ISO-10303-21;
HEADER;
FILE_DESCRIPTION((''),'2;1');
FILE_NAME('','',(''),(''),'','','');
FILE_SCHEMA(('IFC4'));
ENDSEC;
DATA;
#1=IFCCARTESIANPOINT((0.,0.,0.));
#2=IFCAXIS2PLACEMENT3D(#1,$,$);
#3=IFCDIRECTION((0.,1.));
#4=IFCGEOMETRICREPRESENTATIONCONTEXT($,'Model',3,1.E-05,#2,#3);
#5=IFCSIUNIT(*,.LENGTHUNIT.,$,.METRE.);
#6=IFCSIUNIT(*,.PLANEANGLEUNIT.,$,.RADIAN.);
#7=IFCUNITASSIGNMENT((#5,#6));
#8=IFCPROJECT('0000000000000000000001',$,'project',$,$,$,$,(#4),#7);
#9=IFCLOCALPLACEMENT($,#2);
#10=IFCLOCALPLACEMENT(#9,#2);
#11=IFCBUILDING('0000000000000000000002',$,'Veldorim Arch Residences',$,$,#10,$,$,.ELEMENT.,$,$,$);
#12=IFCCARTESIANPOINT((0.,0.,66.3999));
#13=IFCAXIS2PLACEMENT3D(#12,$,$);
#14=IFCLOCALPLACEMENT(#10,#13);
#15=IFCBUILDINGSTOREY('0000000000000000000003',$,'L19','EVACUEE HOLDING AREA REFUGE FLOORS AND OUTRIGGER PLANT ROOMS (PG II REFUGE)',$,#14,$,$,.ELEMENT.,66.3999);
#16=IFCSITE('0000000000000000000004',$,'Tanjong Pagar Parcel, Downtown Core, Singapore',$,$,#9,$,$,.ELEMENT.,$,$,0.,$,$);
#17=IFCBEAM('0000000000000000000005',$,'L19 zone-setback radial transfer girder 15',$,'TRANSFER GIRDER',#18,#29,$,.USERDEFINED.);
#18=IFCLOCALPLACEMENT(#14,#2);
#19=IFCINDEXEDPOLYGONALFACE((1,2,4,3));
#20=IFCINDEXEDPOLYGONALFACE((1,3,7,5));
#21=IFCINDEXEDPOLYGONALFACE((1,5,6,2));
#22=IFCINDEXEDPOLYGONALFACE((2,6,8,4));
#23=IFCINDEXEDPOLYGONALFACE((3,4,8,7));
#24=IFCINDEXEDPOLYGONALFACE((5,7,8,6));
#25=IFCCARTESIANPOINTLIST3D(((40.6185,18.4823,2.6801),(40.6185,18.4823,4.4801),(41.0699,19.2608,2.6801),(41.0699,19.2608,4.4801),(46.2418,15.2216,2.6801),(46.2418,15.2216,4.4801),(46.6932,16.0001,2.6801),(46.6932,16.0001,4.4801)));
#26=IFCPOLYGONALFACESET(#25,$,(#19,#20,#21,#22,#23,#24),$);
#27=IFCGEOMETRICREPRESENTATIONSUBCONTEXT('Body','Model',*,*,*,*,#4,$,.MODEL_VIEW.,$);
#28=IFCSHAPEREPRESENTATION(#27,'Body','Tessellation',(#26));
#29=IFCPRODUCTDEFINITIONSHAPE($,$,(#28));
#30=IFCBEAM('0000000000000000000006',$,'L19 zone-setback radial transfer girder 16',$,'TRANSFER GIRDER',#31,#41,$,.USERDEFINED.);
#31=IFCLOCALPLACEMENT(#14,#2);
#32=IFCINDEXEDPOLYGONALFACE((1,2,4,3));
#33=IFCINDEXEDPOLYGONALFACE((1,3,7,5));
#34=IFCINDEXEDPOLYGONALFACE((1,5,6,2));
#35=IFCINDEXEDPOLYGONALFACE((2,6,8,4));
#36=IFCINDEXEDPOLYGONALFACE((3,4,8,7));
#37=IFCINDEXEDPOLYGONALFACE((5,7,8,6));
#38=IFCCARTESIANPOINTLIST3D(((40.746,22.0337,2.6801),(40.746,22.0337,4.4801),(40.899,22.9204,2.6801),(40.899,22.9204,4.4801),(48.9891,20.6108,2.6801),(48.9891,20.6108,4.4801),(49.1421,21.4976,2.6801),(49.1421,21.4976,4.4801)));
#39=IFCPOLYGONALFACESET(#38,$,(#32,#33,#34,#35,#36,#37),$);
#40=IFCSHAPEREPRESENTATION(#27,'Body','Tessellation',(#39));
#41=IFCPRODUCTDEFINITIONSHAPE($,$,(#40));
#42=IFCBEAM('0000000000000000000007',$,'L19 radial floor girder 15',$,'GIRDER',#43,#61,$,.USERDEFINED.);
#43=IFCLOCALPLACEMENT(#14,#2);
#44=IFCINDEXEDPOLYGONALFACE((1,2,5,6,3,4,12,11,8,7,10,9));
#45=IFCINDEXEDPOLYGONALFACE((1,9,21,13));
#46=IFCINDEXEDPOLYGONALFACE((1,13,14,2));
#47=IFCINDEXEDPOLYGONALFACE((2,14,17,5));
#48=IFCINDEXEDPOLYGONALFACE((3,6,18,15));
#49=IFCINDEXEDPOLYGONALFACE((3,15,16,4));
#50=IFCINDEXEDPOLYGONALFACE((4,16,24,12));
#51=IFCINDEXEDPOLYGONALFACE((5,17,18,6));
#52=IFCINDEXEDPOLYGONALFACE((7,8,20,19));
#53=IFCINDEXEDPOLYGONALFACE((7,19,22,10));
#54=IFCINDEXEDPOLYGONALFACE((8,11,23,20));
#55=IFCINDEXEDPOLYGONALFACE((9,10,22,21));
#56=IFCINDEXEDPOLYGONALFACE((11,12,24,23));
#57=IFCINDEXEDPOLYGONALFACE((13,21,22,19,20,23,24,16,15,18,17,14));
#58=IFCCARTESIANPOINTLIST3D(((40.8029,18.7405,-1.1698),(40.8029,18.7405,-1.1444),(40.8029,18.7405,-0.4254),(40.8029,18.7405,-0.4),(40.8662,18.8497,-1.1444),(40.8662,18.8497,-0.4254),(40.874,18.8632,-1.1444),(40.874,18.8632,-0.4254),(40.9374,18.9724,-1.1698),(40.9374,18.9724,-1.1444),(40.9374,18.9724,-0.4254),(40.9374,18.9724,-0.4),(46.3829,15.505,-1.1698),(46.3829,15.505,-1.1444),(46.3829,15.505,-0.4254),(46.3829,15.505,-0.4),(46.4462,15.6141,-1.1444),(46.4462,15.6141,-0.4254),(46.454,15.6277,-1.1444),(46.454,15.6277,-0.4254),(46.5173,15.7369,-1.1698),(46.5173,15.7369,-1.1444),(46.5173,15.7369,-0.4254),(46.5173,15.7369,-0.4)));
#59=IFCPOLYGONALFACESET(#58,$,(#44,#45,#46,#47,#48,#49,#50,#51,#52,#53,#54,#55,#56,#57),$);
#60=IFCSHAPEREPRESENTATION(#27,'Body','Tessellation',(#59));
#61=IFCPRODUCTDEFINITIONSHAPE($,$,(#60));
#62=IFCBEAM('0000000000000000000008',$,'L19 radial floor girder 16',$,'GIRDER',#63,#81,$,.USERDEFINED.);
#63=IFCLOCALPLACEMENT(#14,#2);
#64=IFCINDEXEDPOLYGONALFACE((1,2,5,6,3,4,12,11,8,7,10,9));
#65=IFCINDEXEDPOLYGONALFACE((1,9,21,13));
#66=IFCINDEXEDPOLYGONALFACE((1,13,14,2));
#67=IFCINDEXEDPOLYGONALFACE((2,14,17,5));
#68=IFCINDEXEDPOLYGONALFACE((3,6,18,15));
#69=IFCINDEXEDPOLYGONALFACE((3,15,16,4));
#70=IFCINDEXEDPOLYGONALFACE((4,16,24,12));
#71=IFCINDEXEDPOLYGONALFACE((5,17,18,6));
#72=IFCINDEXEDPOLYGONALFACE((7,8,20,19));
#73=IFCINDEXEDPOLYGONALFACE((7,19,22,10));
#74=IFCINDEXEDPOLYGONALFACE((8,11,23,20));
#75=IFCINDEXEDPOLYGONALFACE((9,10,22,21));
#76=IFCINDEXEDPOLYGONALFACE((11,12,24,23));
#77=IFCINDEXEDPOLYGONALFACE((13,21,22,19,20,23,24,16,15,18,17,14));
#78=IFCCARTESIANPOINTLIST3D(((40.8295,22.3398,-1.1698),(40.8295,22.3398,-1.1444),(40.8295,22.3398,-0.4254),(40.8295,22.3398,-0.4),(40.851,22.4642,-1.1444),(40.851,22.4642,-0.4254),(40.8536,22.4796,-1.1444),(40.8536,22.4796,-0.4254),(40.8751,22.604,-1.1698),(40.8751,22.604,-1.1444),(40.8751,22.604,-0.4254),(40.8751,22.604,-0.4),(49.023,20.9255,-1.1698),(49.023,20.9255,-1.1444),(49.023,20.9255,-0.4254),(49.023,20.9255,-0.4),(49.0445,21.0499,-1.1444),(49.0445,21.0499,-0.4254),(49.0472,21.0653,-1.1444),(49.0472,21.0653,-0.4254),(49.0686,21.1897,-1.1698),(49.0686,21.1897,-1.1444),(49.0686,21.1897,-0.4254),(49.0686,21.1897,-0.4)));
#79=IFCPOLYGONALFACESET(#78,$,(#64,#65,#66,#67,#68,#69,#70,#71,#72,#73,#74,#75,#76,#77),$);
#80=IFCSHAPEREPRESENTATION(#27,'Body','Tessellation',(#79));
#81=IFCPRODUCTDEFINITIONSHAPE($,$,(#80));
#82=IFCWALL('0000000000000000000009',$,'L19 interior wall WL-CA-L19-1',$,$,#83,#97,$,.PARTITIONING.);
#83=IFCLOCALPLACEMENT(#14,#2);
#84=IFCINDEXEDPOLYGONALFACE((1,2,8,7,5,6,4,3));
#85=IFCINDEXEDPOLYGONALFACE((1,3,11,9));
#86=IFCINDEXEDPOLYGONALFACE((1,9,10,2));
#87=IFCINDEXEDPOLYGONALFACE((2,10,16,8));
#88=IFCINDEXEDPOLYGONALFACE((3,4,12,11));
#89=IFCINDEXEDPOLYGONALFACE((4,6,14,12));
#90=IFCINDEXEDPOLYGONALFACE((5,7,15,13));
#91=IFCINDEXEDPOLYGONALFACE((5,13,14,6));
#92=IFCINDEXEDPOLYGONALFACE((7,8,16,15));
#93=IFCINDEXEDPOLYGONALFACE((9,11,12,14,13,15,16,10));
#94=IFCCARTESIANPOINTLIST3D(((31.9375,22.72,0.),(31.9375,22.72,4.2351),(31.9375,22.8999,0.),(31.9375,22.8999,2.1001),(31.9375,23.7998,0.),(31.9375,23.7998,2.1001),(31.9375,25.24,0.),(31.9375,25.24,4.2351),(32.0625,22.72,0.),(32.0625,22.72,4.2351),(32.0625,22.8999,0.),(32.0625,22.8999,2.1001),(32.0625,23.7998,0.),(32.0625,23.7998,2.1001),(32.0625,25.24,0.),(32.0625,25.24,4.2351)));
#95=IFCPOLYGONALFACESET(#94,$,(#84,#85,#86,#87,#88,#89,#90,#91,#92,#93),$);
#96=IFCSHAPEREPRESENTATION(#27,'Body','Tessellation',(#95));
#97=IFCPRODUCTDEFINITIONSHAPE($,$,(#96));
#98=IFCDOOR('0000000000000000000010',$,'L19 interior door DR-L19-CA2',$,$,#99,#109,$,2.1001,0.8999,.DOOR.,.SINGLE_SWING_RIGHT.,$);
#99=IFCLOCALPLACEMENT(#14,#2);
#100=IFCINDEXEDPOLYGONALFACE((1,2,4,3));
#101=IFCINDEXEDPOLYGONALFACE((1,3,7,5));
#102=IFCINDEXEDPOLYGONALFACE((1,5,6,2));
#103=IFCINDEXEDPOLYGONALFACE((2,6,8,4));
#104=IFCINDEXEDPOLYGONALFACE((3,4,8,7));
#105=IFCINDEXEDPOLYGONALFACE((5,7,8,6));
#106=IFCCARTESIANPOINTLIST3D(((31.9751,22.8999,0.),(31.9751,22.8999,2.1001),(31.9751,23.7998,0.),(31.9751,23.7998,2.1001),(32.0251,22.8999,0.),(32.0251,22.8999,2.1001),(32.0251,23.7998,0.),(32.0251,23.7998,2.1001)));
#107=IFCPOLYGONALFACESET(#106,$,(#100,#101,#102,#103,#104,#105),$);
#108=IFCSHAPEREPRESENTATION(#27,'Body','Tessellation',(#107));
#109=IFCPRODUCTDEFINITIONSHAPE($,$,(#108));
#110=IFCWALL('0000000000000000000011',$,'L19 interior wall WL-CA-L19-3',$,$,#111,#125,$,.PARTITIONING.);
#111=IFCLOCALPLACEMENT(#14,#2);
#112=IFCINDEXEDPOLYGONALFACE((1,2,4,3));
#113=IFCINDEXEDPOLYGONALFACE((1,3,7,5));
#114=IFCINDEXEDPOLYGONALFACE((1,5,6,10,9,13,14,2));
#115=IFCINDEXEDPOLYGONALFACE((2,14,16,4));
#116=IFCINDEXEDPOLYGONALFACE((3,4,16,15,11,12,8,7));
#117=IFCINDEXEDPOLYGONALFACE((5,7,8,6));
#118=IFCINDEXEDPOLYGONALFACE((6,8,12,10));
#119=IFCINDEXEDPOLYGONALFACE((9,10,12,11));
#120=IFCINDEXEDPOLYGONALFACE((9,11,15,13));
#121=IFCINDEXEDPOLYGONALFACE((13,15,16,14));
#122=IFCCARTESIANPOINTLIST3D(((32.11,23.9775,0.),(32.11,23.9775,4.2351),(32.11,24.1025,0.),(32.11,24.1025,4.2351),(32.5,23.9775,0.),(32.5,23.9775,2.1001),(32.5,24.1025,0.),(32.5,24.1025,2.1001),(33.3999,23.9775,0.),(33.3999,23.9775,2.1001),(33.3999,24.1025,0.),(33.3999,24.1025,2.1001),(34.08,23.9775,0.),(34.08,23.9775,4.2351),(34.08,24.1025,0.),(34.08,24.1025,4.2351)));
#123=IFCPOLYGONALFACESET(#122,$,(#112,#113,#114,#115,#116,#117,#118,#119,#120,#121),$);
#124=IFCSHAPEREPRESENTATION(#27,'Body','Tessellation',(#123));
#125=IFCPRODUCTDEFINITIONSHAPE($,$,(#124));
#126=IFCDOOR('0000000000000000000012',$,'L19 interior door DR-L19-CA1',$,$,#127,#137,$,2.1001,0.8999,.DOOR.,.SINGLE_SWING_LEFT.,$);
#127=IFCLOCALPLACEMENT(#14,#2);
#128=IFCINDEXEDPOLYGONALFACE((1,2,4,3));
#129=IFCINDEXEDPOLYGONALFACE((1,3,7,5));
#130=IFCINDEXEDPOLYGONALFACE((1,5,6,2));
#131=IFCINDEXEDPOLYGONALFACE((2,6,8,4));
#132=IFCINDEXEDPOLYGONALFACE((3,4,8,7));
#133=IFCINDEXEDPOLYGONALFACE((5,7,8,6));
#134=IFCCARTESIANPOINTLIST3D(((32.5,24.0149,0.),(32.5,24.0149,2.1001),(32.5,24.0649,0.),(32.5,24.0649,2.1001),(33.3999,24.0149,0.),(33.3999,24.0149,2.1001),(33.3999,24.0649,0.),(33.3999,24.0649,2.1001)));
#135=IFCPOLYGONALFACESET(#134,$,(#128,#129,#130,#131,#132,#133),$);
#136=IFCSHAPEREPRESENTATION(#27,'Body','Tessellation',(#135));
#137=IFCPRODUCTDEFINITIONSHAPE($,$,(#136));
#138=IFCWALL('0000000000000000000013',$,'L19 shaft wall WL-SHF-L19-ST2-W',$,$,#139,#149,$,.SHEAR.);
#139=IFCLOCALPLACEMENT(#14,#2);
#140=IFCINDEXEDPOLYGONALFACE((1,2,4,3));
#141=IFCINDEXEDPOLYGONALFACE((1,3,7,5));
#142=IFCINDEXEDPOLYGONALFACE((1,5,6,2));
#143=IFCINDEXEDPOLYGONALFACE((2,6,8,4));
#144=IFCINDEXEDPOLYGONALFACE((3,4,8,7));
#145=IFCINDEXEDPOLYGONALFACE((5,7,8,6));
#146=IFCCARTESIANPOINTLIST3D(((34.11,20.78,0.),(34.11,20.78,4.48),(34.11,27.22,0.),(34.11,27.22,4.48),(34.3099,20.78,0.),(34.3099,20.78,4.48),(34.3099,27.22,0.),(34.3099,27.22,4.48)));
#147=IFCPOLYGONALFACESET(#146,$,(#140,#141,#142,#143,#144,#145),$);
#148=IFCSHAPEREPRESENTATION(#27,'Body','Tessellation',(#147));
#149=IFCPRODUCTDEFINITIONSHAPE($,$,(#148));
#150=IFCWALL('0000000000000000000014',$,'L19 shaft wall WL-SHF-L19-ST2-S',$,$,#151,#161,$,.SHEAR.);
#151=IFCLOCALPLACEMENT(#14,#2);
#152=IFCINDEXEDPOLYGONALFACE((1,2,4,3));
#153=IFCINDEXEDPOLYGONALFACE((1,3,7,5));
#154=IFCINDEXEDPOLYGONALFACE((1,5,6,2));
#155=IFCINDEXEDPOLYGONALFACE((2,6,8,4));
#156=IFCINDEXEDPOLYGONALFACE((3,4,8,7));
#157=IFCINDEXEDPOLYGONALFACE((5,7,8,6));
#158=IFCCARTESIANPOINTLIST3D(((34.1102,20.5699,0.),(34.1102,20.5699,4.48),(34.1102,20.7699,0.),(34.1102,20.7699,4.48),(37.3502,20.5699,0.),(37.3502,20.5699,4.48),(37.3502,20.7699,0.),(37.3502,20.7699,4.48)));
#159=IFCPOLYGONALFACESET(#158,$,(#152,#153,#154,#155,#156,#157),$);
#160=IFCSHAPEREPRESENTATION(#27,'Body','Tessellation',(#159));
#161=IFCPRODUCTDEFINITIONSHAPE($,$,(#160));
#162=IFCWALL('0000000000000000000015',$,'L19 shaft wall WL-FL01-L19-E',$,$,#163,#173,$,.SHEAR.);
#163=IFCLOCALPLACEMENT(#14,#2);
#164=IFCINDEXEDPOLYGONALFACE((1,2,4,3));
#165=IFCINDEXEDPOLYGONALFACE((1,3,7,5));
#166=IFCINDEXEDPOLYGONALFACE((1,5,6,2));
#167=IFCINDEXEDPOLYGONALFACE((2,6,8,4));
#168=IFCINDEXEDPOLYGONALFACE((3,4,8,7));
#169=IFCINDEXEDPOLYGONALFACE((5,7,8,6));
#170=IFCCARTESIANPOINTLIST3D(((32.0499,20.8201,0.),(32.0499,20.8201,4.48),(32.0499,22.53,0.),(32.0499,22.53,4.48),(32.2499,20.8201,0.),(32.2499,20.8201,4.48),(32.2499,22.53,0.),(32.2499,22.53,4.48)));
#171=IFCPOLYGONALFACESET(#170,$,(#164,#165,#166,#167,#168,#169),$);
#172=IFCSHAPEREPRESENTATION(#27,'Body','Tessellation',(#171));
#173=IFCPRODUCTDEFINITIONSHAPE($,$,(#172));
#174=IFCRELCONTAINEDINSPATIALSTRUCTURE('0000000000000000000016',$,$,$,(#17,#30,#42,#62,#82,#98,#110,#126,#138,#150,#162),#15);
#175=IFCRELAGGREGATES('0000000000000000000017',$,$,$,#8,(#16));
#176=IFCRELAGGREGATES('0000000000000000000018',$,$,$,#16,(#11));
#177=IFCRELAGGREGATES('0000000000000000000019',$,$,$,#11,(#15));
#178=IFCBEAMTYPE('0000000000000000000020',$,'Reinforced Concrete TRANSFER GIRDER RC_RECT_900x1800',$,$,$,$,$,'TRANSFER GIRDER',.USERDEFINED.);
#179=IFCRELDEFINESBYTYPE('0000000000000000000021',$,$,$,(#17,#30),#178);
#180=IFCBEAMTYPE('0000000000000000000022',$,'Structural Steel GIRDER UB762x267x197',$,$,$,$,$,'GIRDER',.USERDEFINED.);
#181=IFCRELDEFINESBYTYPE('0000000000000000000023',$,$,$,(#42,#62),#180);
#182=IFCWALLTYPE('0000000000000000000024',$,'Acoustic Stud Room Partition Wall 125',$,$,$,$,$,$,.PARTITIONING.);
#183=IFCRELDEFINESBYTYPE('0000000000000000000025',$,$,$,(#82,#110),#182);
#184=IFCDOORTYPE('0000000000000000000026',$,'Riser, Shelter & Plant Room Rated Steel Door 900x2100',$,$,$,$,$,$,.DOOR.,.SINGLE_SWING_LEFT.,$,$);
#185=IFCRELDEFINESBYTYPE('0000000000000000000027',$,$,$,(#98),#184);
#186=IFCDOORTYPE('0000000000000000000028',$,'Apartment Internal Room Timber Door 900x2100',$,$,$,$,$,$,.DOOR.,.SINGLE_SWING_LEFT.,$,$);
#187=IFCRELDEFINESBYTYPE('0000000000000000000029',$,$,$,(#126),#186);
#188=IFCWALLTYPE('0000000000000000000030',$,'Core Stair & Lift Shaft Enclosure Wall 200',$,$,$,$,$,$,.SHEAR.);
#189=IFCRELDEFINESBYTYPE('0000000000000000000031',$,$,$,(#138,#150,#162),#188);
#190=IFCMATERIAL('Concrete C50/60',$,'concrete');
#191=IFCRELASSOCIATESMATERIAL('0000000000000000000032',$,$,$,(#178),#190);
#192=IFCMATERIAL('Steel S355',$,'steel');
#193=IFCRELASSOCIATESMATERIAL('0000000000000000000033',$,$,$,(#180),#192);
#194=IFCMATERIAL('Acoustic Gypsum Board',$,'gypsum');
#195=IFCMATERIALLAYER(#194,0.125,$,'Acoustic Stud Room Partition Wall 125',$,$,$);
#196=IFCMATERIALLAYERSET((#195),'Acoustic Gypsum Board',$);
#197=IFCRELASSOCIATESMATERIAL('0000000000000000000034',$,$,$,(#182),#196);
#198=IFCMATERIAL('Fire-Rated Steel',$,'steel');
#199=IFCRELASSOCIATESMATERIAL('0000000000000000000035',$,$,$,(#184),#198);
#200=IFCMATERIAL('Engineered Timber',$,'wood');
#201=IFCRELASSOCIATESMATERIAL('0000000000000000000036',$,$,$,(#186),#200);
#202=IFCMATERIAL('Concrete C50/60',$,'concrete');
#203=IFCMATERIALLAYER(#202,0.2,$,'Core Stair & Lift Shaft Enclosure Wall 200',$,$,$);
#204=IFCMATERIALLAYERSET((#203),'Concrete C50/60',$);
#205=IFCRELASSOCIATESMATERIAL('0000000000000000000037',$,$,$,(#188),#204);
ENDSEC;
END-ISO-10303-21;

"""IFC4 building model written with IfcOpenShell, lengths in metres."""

from ifc_helpers import new_model, si_unit, direction, frame, frame_2d, origin, origin_2d, place, context, subcontext, project, spatial, rectangle, i_section, extrude, material, layer, layer_set, material_profile, profile_set, type_object, element, fill, save


model = new_model("IFC4")

# Units and contexts
model_context = context("Model", 3, precision=1e-05, world=origin(), true_north=direction((0.0, 1.0)))
body_context = subcontext(model_context, "Body", "Model", "MODEL_VIEW")
ifc_project = project(units=[si_unit("LENGTHUNIT", "METRE"), si_unit("PLANEANGLEUNIT", "RADIAN")], contexts=[model_context])

# Site, building, storey
site_placement = place(None, origin())
site = spatial("IfcSite", under=ifc_project, at=site_placement, Name="Tanjong Pagar Parcel, Downtown Core, Singapore", CompositionType="ELEMENT", RefElevation=0.0)
building_placement = place(site_placement, origin())
building = spatial("IfcBuilding", under=site, at=building_placement, Name="Veldorim Arch Residences", CompositionType="ELEMENT")
storey_placement = place(building_placement, frame((0.0, 0.0, 66.3999)))
storey = spatial("IfcBuildingStorey", under=building, at=storey_placement, Name="L19", Description="EVACUEE HOLDING AREA REFUGE FLOORS AND OUTRIGGER PLANT ROOMS (PG II REFUGE)", CompositionType="ELEMENT", Elevation=66.3999)

# Beams
ifc_material_1 = material(Name="Concrete C50/60", Category="concrete")
ifc_material_profile_1 = material_profile(ifc_material_1, rectangle(XDim=0.8999, YDim=1.8, at=origin_2d()), Name="RC_RECT_900x1800")
ifc_profile_set_1 = profile_set([ifc_material_profile_1], Name="Concrete C50/60")
beam_type_1 = type_object("IfcBeamType", Name="Reinforced Concrete TRANSFER GIRDER RC_RECT_900x1800", ElementType="TRANSFER GIRDER", PredefinedType="USERDEFINED", material=ifc_profile_set_1)
beam_1_placement = place(storey_placement, frame((40.8442, 18.8716, 3.5801), z_axis=(0.865082, -0.50163, 0.0), x_axis=(0.50163, 0.865082, 0.0)))
element("IfcBeam", 1, at=beam_1_placement, inside=storey, type_object=beam_type_1, Name="L19 zone-setback radial transfer girder 15", ObjectType="TRANSFER GIRDER", PredefinedType="USERDEFINED", context=body_context, shape_type="SweptSolid", body=[
    extrude(rectangle(XDim=0.8999, YDim=1.8, at=origin_2d()), origin(), (0.0, 0.0, 1.0), 6.5002),
])
beam_2_placement = place(storey_placement, frame((40.8225, 22.4771, 3.5801), z_axis=(0.985428, -0.170095, 0.0), x_axis=(0.170095, 0.985428, 0.0)))
element("IfcBeam", 2, at=beam_2_placement, inside=storey, type_object=beam_type_1, Name="L19 zone-setback radial transfer girder 16", ObjectType="TRANSFER GIRDER", PredefinedType="USERDEFINED", context=body_context, shape_type="SweptSolid", body=[
    extrude(rectangle(XDim=0.8999, YDim=1.8, at=origin_2d()), origin(), (0.0, 0.0, 1.0), 8.365),
])
ifc_material_2 = material(Name="Steel S355", Category="steel")
ifc_material_profile_2 = material_profile(ifc_material_2, i_section(OverallWidth=0.2681, OverallDepth=0.7698, WebThickness=0.0156, FlangeThickness=0.0254, at=origin_2d()), Name="UB762x267x197")
ifc_profile_set_2 = profile_set([ifc_material_profile_2], Name="Steel S355")
beam_type_2 = type_object("IfcBeamType", Name="Structural Steel GIRDER UB762x267x197", ElementType="GIRDER", PredefinedType="USERDEFINED", material=ifc_profile_set_2)
beam_3_placement = place(storey_placement, frame((40.8701, 18.8564, -0.7849), z_axis=(0.865088, -0.50162, 0.0), x_axis=(0.50162, 0.865088, 0.0)))
element("IfcBeam", 3, at=beam_3_placement, inside=storey, type_object=beam_type_2, Name="L19 radial floor girder 15", ObjectType="GIRDER", PredefinedType="USERDEFINED", context=body_context, shape_type="SweptSolid", body=[
    extrude(i_section(OverallWidth=0.2681, OverallDepth=0.7698, WebThickness=0.0156, FlangeThickness=0.0254, at=origin_2d()), origin(), (0.0, 0.0, 1.0), 6.4502),
])
beam_4_placement = place(storey_placement, frame((40.8523, 22.4719, -0.7849), z_axis=(0.985428, -0.170096, 0.0), x_axis=(0.170096, 0.985428, 0.0)))
element("IfcBeam", 4, at=beam_4_placement, inside=storey, type_object=beam_type_2, Name="L19 radial floor girder 16", ObjectType="GIRDER", PredefinedType="USERDEFINED", context=body_context, shape_type="SweptSolid", body=[
    extrude(i_section(OverallWidth=0.2681, OverallDepth=0.7698, WebThickness=0.0156, FlangeThickness=0.0254, at=origin_2d()), origin(), (0.0, 0.0, 1.0), 8.3147),
])

# Walls, openings, doors
ifc_material_3 = material(Name="Acoustic Gypsum Board", Category="gypsum")
ifc_layer_1 = layer(ifc_material_3, 0.125, Name="Acoustic Stud Room Partition Wall 125")
ifc_layer_set_1 = layer_set([ifc_layer_1], Name="Acoustic Gypsum Board")
wall_type_1 = type_object("IfcWallType", Name="Acoustic Stud Room Partition Wall 125", PredefinedType="PARTITIONING", material=ifc_layer_set_1)
wall_1_placement = place(storey_placement, frame((32.0, 22.72, 0.0), z_axis=(0.0, 0.0, 1.0), x_axis=(0.0, 1.0, 0.0)))
wall_1 = element("IfcWall", 5, at=wall_1_placement, inside=storey, type_object=wall_type_1, Name="L19 interior wall WL-CA-L19-1", PredefinedType="PARTITIONING", context=body_context, shape_type="SweptSolid", body=[
    extrude(rectangle(XDim=2.52, YDim=0.125, at=frame_2d((1.26, 0.0))), origin(), (0.0, 0.0, 1.0), 4.2351),
])
opening_1_placement = place(wall_1_placement, frame((0.1799, 0.0, 0.0)))
opening_1 = element("IfcOpeningElement", 6, at=opening_1_placement, cuts=wall_1, PredefinedType="OPENING", context=body_context, shape_type="SweptSolid", body=[
    extrude(rectangle(XDim=0.8999, YDim=2.1001, at=frame_2d((0.45, 1.05))), frame((0.0, 0.0725, 0.0), z_axis=(0.0, -1.0, 0.0), x_axis=(1.0, 0.0, 0.0)), (0.0, 0.0, 1.0), 0.145),
])
ifc_material_4 = material(Name="Fire-Rated Steel", Category="steel")
door_type_1 = type_object("IfcDoorType", Name="Riser, Shelter & Plant Room Rated Steel Door 900x2100", OperationType="SINGLE_SWING_LEFT", PredefinedType="DOOR", material=ifc_material_4)
door_1_placement = place(opening_1_placement, origin())
door_1 = element("IfcDoor", 7, at=door_1_placement, inside=storey, type_object=door_type_1, Name="L19 interior door DR-L19-CA2", OperationType="SINGLE_SWING_RIGHT", OverallHeight=2.1001, OverallWidth=0.8999, PredefinedType="DOOR", context=body_context, shape_type="SweptSolid", body=[
    extrude(rectangle(XDim=0.8999, YDim=2.1001, at=frame_2d((0.45, 1.05))), frame((0.0, 0.0249, 0.0), z_axis=(0.0, -1.0, 0.0), x_axis=(1.0, 0.0, 0.0)), (0.0, 0.0, 1.0), 0.05),
])
fill(opening_1, door_1)
wall_2_placement = place(storey_placement, frame((32.1101, 24.04, 0.0), z_axis=(0.0, 0.0, 1.0), x_axis=(1.0, 0.0, 0.0)))
wall_2 = element("IfcWall", 8, at=wall_2_placement, inside=storey, type_object=wall_type_1, Name="L19 interior wall WL-CA-L19-3", PredefinedType="PARTITIONING", context=body_context, shape_type="SweptSolid", body=[
    extrude(rectangle(XDim=1.97, YDim=0.125, at=frame_2d((0.9849, 0.0))), origin(), (0.0, 0.0, 1.0), 4.2351),
])
opening_2_placement = place(wall_2_placement, frame((0.3899, 0.0, 0.0)))
opening_2 = element("IfcOpeningElement", 9, at=opening_2_placement, cuts=wall_2, PredefinedType="OPENING", context=body_context, shape_type="SweptSolid", body=[
    extrude(rectangle(XDim=0.8999, YDim=2.1001, at=frame_2d((0.45, 1.05))), frame((0.0, 0.0725, 0.0), z_axis=(0.0, -1.0, 0.0), x_axis=(1.0, 0.0, 0.0)), (0.0, 0.0, 1.0), 0.145),
])
ifc_material_5 = material(Name="Engineered Timber", Category="wood")
door_type_2 = type_object("IfcDoorType", Name="Apartment Internal Room Timber Door 900x2100", OperationType="SINGLE_SWING_LEFT", PredefinedType="DOOR", material=ifc_material_5)
door_2_placement = place(opening_2_placement, origin())
door_2 = element("IfcDoor", 10, at=door_2_placement, inside=storey, type_object=door_type_2, Name="L19 interior door DR-L19-CA1", OperationType="SINGLE_SWING_LEFT", OverallHeight=2.1001, OverallWidth=0.8999, PredefinedType="DOOR", context=body_context, shape_type="SweptSolid", body=[
    extrude(rectangle(XDim=0.8999, YDim=2.1001, at=frame_2d((0.45, 1.05))), frame((0.0, 0.0249, 0.0), z_axis=(0.0, -1.0, 0.0), x_axis=(1.0, 0.0, 0.0)), (0.0, 0.0, 1.0), 0.05),
])
fill(opening_2, door_2)

# Walls
ifc_material_6 = material(Name="Concrete C50/60", Category="concrete")
ifc_layer_2 = layer(ifc_material_6, 0.2, Name="Core Stair & Lift Shaft Enclosure Wall 200")
ifc_layer_set_2 = layer_set([ifc_layer_2], Name="Concrete C50/60")
wall_type_2 = type_object("IfcWallType", Name="Core Stair & Lift Shaft Enclosure Wall 200", PredefinedType="SHEAR", material=ifc_layer_set_2)
wall_3_placement = place(storey_placement, frame((34.21, 20.78, 0.0), z_axis=(0.0, 0.0, 1.0), x_axis=(0.0, 1.0, 0.0)))
element("IfcWall", 11, at=wall_3_placement, inside=storey, type_object=wall_type_2, Name="L19 shaft wall WL-SHF-L19-ST2-W", PredefinedType="SHEAR", context=body_context, shape_type="SweptSolid", body=[
    extrude(rectangle(XDim=6.4399, YDim=0.2, at=frame_2d((3.22, 0.0))), origin(), (0.0, 0.0, 1.0), 4.48),
])
wall_4_placement = place(storey_placement, frame((34.1101, 20.6699, 0.0), z_axis=(0.0, 0.0, 1.0), x_axis=(1.0, 0.0, 0.0)))
element("IfcWall", 12, at=wall_4_placement, inside=storey, type_object=wall_type_2, Name="L19 shaft wall WL-SHF-L19-ST2-S", PredefinedType="SHEAR", context=body_context, shape_type="SweptSolid", body=[
    extrude(rectangle(XDim=3.24, YDim=0.2, at=frame_2d((1.6201, 0.0))), origin(), (0.0, 0.0, 1.0), 4.48),
])
wall_5_placement = place(storey_placement, frame((32.1499, 20.8201, 0.0), z_axis=(0.0, 0.0, 1.0), x_axis=(0.0, 1.0, 0.0)))
element("IfcWall", 13, at=wall_5_placement, inside=storey, type_object=wall_type_2, Name="L19 shaft wall WL-FL01-L19-E", PredefinedType="SHEAR", context=body_context, shape_type="SweptSolid", body=[
    extrude(rectangle(XDim=1.71, YDim=0.2, at=frame_2d((0.855, 0.0))), origin(), (0.0, 0.0, 1.0), 4.48),
])

save(model, "model.ifc")
